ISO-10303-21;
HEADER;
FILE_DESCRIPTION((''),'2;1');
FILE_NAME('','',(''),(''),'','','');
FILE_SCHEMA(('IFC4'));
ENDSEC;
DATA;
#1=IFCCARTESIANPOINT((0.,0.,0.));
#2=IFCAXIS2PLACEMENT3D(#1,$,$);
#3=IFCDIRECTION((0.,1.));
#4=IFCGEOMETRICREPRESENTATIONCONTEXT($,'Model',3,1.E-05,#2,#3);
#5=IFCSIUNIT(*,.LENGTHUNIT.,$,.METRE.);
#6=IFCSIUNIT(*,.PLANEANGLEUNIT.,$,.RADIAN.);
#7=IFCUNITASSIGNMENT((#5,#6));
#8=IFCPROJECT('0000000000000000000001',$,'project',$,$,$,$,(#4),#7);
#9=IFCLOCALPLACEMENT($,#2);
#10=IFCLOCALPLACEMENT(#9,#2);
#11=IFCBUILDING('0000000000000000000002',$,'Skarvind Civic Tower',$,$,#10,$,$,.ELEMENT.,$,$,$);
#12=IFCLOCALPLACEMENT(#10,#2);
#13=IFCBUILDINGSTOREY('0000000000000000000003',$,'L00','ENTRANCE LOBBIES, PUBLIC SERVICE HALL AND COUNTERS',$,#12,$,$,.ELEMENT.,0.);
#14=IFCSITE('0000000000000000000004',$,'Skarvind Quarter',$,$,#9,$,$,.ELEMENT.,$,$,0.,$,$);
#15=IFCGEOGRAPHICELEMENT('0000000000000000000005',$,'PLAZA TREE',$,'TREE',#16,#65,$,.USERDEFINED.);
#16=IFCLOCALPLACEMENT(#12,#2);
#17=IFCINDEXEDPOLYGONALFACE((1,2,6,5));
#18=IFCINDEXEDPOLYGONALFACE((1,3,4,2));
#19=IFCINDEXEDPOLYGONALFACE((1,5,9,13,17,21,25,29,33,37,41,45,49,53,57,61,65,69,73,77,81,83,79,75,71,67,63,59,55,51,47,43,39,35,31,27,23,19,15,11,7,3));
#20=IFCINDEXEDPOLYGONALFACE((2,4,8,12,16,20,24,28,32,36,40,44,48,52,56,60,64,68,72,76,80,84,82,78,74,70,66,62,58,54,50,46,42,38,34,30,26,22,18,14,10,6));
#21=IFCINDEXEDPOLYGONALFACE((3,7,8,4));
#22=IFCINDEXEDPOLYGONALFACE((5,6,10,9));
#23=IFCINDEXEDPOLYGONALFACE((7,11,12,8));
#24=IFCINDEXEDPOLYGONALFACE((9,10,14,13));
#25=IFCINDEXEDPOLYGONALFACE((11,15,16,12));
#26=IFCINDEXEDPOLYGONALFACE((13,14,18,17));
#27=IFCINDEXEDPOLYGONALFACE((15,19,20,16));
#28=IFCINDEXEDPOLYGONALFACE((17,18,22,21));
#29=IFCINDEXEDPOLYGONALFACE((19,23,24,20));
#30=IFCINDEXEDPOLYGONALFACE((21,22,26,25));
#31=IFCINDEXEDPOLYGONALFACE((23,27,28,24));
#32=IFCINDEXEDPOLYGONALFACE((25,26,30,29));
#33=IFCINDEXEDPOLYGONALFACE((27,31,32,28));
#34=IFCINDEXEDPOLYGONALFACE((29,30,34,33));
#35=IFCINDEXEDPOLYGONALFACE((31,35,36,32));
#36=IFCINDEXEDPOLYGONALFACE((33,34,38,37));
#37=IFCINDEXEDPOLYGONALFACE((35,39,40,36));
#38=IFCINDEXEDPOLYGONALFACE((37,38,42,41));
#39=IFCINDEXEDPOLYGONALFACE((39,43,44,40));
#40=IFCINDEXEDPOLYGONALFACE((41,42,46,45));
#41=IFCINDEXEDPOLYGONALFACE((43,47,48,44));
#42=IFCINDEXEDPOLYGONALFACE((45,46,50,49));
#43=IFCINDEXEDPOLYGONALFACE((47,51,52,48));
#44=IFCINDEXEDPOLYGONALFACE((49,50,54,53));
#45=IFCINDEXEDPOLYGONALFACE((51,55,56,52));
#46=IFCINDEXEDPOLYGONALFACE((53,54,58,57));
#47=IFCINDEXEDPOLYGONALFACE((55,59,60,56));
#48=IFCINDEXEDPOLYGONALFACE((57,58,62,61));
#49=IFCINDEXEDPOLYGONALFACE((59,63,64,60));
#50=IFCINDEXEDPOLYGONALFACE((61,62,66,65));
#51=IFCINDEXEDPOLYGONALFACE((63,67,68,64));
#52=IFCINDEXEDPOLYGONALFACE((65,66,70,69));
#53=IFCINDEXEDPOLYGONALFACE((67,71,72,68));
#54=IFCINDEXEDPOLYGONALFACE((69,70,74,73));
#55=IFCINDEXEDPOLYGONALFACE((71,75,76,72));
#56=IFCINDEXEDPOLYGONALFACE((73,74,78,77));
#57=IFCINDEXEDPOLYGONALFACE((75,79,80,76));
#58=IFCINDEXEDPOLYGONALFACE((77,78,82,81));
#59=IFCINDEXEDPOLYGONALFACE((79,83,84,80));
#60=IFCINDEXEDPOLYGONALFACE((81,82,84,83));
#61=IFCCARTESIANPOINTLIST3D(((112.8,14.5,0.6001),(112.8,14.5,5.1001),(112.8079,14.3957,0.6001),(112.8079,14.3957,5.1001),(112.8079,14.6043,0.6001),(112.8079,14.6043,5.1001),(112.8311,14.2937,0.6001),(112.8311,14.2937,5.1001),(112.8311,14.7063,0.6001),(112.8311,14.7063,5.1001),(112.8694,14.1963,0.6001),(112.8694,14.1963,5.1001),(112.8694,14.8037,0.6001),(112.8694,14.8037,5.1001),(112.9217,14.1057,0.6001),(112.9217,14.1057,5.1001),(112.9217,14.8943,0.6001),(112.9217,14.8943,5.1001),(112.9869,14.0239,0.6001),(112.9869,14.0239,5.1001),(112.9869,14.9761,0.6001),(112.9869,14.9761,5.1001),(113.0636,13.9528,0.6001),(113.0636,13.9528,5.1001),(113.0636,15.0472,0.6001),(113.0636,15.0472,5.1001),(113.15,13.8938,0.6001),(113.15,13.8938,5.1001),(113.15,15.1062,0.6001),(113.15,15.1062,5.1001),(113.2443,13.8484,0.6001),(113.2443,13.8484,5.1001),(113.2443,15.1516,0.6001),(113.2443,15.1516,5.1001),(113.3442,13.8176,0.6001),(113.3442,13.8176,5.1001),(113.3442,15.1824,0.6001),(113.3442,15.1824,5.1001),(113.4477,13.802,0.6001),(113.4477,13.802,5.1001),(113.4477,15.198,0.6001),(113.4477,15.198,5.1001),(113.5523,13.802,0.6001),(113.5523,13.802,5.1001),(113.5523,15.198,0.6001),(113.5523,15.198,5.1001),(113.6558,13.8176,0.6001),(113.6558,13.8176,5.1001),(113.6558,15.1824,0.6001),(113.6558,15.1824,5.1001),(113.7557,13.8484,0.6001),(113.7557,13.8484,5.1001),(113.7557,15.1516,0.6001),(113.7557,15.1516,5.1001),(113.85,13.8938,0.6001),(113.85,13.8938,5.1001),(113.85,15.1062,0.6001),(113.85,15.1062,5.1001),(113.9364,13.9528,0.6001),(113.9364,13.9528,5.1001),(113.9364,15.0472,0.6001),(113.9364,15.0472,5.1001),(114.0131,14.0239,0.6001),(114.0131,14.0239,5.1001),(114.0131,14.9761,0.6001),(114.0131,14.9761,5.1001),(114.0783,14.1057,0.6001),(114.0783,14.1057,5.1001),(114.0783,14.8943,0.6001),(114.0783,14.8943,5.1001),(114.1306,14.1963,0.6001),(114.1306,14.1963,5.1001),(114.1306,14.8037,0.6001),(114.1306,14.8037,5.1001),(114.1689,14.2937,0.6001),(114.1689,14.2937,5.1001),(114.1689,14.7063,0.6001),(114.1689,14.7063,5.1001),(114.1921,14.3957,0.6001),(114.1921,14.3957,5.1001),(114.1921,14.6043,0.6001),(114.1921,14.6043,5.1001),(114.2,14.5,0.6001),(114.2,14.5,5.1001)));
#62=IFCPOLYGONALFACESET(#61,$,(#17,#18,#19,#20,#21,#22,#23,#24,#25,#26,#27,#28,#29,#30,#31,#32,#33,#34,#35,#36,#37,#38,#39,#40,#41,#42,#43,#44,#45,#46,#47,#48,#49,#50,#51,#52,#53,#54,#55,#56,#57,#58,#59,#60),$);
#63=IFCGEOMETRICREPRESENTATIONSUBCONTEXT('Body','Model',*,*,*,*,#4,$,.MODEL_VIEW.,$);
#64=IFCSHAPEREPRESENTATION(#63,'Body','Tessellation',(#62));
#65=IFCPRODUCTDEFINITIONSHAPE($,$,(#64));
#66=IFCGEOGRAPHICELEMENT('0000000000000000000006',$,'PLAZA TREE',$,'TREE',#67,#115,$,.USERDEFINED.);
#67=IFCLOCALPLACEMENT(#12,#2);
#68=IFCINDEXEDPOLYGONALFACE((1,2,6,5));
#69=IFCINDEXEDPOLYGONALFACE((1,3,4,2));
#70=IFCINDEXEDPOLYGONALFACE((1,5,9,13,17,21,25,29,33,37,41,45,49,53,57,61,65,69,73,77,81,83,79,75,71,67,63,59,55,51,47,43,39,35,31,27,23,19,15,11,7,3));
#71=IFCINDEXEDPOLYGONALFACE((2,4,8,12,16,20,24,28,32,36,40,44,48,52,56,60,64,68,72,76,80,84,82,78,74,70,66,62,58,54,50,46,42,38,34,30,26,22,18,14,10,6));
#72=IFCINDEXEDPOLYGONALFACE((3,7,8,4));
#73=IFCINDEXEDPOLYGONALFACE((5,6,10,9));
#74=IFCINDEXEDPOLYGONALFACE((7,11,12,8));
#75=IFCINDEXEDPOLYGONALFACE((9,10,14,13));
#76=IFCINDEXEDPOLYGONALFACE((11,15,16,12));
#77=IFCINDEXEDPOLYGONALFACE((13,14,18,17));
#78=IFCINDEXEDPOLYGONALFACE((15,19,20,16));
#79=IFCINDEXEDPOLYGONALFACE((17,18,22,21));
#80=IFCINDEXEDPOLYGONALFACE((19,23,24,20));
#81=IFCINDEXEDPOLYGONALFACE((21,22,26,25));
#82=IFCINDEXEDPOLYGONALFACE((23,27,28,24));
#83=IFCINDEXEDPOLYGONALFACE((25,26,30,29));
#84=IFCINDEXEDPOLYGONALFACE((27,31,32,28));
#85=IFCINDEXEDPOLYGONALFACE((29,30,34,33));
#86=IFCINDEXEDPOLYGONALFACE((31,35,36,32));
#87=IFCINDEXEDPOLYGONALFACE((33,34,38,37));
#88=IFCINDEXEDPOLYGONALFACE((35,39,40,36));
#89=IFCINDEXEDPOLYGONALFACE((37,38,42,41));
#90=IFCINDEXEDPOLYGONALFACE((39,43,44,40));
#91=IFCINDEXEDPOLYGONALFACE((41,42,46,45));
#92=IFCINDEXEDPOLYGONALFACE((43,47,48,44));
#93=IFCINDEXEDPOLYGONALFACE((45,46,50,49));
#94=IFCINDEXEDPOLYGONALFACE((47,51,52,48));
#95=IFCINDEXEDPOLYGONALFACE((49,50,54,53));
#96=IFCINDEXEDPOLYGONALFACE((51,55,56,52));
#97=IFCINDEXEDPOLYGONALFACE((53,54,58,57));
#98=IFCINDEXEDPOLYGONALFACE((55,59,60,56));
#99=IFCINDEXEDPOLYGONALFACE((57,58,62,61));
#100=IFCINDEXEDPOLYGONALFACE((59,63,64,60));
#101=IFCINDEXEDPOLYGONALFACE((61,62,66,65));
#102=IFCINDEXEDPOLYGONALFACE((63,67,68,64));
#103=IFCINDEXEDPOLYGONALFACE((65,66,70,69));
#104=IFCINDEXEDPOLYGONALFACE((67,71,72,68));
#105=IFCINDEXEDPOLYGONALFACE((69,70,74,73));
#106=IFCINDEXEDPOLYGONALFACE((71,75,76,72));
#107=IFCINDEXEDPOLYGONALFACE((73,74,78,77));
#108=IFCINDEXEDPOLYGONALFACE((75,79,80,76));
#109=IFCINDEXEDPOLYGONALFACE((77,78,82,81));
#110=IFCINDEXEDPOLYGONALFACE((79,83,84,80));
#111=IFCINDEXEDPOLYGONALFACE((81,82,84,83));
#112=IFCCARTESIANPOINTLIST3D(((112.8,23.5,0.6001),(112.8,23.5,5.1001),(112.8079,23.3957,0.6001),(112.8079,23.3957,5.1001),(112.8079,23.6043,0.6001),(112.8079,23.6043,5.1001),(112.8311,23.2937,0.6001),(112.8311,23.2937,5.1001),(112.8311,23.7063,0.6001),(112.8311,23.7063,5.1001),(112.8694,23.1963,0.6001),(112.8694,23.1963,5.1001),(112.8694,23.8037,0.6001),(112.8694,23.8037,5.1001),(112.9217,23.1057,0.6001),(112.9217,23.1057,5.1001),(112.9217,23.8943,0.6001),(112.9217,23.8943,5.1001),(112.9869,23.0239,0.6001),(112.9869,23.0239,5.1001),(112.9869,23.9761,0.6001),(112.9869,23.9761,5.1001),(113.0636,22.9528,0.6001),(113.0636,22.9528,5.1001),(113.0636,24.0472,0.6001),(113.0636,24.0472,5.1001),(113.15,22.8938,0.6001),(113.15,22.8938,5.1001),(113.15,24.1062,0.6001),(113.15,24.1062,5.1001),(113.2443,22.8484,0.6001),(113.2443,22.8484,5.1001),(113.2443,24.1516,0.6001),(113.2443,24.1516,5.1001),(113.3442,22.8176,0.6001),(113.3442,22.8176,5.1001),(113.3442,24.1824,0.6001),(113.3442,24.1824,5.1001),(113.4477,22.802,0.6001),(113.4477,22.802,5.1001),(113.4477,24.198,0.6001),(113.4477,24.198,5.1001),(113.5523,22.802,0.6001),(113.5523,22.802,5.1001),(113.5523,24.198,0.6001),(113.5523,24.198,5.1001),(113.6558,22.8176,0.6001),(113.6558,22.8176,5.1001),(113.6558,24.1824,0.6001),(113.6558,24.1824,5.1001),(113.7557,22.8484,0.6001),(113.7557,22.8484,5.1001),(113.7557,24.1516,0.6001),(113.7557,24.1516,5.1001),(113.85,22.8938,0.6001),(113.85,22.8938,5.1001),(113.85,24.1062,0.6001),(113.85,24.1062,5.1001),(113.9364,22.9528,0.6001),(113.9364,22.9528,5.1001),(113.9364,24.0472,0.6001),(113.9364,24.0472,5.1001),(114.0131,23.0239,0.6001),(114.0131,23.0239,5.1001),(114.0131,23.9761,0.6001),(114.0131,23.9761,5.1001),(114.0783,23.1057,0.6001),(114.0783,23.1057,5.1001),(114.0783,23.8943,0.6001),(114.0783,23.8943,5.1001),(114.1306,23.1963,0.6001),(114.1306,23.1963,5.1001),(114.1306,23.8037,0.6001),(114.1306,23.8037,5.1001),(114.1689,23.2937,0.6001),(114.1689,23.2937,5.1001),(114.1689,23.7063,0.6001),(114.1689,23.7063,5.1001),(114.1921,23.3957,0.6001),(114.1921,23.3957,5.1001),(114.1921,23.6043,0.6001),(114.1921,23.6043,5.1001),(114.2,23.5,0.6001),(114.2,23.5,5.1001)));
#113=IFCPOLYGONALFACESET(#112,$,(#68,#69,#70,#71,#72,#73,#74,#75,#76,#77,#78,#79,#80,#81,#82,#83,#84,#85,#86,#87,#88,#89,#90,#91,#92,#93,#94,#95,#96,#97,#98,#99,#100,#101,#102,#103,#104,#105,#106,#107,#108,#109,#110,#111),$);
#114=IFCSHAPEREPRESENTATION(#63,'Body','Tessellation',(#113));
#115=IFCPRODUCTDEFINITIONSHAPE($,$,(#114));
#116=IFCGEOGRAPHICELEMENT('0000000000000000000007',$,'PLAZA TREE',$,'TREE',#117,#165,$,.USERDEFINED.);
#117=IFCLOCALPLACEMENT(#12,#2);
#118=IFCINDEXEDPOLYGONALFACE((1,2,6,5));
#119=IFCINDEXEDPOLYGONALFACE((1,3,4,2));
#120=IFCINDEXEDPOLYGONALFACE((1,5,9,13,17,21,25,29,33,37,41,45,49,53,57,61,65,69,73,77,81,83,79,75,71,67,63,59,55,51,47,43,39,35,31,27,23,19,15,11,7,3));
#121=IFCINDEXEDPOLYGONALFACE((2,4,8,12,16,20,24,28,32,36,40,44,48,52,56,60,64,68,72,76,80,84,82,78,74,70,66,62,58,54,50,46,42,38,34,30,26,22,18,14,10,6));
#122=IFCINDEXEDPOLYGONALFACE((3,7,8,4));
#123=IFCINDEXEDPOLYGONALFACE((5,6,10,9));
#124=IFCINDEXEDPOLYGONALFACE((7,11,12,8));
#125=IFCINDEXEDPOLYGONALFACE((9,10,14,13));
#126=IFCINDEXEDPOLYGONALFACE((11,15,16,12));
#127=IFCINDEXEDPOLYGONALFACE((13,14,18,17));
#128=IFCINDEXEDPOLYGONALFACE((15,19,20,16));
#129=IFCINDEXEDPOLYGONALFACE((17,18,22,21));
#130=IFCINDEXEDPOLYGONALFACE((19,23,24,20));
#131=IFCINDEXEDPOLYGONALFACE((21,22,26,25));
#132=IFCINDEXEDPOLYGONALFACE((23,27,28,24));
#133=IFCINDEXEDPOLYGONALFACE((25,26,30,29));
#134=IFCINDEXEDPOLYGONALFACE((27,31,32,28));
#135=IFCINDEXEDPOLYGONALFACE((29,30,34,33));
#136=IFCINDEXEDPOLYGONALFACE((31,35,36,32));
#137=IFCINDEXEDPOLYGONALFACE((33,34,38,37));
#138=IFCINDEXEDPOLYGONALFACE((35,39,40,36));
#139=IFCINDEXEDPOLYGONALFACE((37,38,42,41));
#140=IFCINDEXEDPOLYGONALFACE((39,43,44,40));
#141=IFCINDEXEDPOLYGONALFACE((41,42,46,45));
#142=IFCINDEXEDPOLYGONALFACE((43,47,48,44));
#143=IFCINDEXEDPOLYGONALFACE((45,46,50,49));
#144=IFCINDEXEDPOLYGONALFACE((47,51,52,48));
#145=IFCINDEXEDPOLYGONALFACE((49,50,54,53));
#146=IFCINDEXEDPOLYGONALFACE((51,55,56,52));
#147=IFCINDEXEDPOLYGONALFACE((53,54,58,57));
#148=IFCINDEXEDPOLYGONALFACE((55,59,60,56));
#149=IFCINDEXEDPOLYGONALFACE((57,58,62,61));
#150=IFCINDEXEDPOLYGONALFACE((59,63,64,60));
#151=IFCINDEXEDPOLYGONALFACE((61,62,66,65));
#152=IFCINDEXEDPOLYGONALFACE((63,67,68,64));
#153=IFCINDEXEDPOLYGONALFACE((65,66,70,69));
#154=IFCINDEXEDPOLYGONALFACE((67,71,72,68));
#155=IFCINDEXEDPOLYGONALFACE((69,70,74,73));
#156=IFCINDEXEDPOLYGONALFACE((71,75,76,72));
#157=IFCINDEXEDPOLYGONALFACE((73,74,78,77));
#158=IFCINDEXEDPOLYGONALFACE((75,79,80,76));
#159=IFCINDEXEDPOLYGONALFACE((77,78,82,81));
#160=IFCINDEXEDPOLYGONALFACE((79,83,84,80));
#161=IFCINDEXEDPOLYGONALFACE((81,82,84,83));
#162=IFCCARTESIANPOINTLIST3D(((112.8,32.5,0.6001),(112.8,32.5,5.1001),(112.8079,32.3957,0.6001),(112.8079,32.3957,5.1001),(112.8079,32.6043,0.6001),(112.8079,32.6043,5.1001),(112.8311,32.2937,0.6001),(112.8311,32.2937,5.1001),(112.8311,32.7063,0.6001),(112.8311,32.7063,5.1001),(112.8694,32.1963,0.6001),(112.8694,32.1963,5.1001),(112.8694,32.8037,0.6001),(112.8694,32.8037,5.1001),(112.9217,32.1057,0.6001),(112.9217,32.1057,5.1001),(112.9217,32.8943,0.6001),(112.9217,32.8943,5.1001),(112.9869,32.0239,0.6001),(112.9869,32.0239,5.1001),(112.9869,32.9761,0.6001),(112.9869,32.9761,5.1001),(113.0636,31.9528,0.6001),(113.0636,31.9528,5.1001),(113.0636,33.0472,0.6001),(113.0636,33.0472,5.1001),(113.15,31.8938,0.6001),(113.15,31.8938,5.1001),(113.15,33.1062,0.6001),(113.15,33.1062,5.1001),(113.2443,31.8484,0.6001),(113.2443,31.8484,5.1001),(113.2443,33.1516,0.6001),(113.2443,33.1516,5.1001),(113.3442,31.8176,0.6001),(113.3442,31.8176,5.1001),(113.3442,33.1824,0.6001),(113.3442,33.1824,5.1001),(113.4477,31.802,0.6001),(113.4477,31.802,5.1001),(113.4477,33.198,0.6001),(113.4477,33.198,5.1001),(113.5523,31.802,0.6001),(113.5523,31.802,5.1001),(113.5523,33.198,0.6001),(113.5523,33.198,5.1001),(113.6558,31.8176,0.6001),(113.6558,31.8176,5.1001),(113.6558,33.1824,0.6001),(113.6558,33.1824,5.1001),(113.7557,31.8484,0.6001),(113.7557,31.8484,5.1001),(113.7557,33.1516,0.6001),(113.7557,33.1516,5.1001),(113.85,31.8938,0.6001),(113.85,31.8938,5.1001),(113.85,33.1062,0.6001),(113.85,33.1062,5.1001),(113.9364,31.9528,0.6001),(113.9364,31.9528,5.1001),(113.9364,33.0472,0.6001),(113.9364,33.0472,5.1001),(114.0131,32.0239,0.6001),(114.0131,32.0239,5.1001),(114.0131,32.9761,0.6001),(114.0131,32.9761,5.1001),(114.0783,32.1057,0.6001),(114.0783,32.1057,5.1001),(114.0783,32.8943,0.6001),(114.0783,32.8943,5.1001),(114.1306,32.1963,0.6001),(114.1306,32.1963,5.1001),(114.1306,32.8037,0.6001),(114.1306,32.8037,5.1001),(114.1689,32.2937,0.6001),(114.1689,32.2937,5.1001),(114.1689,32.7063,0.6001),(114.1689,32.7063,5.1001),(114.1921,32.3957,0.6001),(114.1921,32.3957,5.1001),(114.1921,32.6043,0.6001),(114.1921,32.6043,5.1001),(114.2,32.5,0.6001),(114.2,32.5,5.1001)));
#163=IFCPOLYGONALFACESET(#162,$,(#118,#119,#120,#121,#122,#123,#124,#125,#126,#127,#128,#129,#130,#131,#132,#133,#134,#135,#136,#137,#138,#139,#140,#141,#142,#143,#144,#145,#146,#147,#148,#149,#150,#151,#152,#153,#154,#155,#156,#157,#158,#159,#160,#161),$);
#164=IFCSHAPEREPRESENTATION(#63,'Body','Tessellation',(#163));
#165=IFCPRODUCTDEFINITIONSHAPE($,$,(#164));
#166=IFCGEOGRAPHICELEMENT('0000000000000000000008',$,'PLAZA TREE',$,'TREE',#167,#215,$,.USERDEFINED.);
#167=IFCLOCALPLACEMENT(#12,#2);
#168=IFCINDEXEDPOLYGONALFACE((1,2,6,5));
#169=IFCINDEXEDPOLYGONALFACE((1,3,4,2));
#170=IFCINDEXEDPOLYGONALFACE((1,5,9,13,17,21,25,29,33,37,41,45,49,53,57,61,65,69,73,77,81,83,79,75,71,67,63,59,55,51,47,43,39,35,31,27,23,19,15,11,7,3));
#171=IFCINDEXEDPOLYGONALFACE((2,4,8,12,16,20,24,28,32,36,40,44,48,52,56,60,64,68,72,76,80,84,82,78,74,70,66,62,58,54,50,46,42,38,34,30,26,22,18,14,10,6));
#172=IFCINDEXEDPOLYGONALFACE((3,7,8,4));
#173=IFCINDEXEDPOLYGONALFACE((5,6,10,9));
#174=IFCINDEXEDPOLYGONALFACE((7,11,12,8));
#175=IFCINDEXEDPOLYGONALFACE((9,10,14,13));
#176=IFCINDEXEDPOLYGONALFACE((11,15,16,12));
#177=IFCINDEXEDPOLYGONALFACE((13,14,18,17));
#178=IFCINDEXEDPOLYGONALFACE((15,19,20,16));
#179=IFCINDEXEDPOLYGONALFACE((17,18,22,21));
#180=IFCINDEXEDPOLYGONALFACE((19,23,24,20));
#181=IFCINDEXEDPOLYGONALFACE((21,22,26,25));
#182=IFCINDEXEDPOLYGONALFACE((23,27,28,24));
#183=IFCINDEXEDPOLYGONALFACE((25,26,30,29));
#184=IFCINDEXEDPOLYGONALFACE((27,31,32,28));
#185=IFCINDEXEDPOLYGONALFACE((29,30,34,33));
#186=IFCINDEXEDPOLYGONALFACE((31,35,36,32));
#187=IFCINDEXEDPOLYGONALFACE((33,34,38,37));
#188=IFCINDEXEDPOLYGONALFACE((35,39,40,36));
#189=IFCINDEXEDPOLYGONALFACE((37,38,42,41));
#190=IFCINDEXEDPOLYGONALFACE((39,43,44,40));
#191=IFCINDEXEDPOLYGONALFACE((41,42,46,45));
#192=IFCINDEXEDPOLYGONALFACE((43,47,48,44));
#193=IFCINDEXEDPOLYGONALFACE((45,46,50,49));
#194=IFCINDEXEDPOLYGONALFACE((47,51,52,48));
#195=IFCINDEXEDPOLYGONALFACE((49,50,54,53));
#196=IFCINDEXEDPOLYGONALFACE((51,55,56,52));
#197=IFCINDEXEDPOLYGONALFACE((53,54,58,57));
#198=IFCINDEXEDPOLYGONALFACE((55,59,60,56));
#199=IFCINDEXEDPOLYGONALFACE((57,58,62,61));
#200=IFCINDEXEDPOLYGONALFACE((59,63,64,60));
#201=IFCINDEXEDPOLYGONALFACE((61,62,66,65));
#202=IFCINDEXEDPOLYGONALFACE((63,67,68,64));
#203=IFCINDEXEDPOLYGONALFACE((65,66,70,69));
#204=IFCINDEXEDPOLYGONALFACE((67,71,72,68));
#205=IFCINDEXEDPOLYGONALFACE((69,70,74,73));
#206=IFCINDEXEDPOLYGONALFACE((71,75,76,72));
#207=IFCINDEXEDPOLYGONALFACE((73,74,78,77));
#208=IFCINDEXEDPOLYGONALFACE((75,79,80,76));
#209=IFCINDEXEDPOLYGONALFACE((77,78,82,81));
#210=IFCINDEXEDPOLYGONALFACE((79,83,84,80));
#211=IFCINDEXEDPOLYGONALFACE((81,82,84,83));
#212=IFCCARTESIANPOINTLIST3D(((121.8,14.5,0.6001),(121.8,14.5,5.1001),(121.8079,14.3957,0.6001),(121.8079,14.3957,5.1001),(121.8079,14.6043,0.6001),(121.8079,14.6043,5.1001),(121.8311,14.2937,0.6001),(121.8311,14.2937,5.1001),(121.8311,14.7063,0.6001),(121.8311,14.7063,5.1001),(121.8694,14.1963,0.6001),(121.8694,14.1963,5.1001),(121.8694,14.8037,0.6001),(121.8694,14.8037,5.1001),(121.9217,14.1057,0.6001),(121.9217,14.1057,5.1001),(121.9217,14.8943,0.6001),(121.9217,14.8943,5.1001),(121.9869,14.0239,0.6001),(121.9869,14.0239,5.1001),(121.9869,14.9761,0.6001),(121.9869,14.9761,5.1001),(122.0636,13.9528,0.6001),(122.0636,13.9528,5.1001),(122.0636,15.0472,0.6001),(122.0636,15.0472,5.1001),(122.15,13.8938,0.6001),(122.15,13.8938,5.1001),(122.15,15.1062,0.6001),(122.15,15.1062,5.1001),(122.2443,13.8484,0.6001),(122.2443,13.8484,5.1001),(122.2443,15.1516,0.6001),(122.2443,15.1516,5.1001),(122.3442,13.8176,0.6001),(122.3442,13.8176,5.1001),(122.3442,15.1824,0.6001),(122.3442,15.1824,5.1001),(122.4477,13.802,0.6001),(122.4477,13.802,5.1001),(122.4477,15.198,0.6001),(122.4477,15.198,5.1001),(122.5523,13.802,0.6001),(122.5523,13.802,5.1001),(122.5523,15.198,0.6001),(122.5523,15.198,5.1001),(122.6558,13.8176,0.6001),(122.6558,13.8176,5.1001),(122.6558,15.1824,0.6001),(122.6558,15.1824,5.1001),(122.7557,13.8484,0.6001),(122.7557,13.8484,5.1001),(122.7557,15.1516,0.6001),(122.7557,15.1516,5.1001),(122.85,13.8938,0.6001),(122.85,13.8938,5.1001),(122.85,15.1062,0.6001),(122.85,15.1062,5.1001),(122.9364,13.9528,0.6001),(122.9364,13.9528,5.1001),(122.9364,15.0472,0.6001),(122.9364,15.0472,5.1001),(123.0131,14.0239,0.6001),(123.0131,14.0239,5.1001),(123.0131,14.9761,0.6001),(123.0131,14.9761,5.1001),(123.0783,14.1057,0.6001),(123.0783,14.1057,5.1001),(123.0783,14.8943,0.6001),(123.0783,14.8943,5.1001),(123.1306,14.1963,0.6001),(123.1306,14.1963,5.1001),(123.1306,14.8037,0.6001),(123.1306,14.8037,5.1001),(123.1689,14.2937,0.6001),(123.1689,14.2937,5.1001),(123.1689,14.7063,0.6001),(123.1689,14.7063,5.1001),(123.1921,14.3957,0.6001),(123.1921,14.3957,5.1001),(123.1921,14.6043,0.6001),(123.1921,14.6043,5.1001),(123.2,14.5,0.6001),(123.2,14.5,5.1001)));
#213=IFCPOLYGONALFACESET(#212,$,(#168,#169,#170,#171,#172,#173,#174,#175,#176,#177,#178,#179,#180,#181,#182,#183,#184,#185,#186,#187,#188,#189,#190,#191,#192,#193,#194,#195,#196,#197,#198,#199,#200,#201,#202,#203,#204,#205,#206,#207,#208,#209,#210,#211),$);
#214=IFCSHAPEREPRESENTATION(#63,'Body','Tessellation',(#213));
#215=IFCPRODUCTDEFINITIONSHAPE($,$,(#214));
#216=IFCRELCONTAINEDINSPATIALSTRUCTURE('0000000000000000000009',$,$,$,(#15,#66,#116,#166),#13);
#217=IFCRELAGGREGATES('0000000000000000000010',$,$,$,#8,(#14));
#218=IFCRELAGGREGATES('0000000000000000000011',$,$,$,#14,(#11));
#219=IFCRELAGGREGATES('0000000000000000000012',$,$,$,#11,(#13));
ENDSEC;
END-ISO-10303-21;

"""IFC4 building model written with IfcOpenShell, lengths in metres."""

from ifc_helpers import new_model, si_unit, direction, frame, origin, origin_2d, place, context, subcontext, project, spatial, circle, extrude, element, save


model = new_model("IFC4")

# Units and contexts
model_context = context("Model", 3, precision=1e-05, world=origin(), true_north=direction((0.0, 1.0)))
body_context = subcontext(model_context, "Body", "Model", "MODEL_VIEW")
ifc_project = project(units=[si_unit("LENGTHUNIT", "METRE"), si_unit("PLANEANGLEUNIT", "RADIAN")], contexts=[model_context])

# Site, building, storey
site_placement = place(None, origin())
site = spatial("IfcSite", under=ifc_project, at=site_placement, Name="Skarvind Quarter", CompositionType="ELEMENT", RefElevation=0.0)
building_placement = place(site_placement, origin())
building = spatial("IfcBuilding", under=site, at=building_placement, Name="Skarvind Civic Tower", CompositionType="ELEMENT")
storey_placement = place(building_placement, origin())
storey = spatial("IfcBuildingStorey", under=building, at=storey_placement, Name="L00", Description="ENTRANCE LOBBIES, PUBLIC SERVICE HALL AND COUNTERS", CompositionType="ELEMENT", Elevation=0.0)

# Geographic elements
for number, where, z_axis, x_axis, name in (
    (1, (113.5, 14.5, 0.6001), (0.0, 0.0, 1.0), (1.0, 0.0, 0.0), "PLAZA TREE"),
    (2, (113.5, 23.5, 0.6001), (0.0, 0.0, 1.0), (1.0, 0.0, 0.0), "PLAZA TREE"),
    (3, (113.5, 32.5, 0.6001), (0.0, 0.0, 1.0), (1.0, 0.0, 0.0), "PLAZA TREE"),
    (4, (122.5, 14.5, 0.6001), (0.0, 0.0, 1.0), (1.0, 0.0, 0.0), "PLAZA TREE"),
):
    element("IfcGeographicElement", number, at=place(storey_placement, frame(where, z_axis=z_axis, x_axis=x_axis)), inside=storey, Name=name, ObjectType="TREE", PredefinedType="USERDEFINED", context=body_context, shape_type="SweptSolid", body=[
        extrude(circle(Radius=0.7, at=origin_2d()), origin(), (0.0, 0.0, 1.0), 4.5),
    ])

save(model, "model.ifc")
